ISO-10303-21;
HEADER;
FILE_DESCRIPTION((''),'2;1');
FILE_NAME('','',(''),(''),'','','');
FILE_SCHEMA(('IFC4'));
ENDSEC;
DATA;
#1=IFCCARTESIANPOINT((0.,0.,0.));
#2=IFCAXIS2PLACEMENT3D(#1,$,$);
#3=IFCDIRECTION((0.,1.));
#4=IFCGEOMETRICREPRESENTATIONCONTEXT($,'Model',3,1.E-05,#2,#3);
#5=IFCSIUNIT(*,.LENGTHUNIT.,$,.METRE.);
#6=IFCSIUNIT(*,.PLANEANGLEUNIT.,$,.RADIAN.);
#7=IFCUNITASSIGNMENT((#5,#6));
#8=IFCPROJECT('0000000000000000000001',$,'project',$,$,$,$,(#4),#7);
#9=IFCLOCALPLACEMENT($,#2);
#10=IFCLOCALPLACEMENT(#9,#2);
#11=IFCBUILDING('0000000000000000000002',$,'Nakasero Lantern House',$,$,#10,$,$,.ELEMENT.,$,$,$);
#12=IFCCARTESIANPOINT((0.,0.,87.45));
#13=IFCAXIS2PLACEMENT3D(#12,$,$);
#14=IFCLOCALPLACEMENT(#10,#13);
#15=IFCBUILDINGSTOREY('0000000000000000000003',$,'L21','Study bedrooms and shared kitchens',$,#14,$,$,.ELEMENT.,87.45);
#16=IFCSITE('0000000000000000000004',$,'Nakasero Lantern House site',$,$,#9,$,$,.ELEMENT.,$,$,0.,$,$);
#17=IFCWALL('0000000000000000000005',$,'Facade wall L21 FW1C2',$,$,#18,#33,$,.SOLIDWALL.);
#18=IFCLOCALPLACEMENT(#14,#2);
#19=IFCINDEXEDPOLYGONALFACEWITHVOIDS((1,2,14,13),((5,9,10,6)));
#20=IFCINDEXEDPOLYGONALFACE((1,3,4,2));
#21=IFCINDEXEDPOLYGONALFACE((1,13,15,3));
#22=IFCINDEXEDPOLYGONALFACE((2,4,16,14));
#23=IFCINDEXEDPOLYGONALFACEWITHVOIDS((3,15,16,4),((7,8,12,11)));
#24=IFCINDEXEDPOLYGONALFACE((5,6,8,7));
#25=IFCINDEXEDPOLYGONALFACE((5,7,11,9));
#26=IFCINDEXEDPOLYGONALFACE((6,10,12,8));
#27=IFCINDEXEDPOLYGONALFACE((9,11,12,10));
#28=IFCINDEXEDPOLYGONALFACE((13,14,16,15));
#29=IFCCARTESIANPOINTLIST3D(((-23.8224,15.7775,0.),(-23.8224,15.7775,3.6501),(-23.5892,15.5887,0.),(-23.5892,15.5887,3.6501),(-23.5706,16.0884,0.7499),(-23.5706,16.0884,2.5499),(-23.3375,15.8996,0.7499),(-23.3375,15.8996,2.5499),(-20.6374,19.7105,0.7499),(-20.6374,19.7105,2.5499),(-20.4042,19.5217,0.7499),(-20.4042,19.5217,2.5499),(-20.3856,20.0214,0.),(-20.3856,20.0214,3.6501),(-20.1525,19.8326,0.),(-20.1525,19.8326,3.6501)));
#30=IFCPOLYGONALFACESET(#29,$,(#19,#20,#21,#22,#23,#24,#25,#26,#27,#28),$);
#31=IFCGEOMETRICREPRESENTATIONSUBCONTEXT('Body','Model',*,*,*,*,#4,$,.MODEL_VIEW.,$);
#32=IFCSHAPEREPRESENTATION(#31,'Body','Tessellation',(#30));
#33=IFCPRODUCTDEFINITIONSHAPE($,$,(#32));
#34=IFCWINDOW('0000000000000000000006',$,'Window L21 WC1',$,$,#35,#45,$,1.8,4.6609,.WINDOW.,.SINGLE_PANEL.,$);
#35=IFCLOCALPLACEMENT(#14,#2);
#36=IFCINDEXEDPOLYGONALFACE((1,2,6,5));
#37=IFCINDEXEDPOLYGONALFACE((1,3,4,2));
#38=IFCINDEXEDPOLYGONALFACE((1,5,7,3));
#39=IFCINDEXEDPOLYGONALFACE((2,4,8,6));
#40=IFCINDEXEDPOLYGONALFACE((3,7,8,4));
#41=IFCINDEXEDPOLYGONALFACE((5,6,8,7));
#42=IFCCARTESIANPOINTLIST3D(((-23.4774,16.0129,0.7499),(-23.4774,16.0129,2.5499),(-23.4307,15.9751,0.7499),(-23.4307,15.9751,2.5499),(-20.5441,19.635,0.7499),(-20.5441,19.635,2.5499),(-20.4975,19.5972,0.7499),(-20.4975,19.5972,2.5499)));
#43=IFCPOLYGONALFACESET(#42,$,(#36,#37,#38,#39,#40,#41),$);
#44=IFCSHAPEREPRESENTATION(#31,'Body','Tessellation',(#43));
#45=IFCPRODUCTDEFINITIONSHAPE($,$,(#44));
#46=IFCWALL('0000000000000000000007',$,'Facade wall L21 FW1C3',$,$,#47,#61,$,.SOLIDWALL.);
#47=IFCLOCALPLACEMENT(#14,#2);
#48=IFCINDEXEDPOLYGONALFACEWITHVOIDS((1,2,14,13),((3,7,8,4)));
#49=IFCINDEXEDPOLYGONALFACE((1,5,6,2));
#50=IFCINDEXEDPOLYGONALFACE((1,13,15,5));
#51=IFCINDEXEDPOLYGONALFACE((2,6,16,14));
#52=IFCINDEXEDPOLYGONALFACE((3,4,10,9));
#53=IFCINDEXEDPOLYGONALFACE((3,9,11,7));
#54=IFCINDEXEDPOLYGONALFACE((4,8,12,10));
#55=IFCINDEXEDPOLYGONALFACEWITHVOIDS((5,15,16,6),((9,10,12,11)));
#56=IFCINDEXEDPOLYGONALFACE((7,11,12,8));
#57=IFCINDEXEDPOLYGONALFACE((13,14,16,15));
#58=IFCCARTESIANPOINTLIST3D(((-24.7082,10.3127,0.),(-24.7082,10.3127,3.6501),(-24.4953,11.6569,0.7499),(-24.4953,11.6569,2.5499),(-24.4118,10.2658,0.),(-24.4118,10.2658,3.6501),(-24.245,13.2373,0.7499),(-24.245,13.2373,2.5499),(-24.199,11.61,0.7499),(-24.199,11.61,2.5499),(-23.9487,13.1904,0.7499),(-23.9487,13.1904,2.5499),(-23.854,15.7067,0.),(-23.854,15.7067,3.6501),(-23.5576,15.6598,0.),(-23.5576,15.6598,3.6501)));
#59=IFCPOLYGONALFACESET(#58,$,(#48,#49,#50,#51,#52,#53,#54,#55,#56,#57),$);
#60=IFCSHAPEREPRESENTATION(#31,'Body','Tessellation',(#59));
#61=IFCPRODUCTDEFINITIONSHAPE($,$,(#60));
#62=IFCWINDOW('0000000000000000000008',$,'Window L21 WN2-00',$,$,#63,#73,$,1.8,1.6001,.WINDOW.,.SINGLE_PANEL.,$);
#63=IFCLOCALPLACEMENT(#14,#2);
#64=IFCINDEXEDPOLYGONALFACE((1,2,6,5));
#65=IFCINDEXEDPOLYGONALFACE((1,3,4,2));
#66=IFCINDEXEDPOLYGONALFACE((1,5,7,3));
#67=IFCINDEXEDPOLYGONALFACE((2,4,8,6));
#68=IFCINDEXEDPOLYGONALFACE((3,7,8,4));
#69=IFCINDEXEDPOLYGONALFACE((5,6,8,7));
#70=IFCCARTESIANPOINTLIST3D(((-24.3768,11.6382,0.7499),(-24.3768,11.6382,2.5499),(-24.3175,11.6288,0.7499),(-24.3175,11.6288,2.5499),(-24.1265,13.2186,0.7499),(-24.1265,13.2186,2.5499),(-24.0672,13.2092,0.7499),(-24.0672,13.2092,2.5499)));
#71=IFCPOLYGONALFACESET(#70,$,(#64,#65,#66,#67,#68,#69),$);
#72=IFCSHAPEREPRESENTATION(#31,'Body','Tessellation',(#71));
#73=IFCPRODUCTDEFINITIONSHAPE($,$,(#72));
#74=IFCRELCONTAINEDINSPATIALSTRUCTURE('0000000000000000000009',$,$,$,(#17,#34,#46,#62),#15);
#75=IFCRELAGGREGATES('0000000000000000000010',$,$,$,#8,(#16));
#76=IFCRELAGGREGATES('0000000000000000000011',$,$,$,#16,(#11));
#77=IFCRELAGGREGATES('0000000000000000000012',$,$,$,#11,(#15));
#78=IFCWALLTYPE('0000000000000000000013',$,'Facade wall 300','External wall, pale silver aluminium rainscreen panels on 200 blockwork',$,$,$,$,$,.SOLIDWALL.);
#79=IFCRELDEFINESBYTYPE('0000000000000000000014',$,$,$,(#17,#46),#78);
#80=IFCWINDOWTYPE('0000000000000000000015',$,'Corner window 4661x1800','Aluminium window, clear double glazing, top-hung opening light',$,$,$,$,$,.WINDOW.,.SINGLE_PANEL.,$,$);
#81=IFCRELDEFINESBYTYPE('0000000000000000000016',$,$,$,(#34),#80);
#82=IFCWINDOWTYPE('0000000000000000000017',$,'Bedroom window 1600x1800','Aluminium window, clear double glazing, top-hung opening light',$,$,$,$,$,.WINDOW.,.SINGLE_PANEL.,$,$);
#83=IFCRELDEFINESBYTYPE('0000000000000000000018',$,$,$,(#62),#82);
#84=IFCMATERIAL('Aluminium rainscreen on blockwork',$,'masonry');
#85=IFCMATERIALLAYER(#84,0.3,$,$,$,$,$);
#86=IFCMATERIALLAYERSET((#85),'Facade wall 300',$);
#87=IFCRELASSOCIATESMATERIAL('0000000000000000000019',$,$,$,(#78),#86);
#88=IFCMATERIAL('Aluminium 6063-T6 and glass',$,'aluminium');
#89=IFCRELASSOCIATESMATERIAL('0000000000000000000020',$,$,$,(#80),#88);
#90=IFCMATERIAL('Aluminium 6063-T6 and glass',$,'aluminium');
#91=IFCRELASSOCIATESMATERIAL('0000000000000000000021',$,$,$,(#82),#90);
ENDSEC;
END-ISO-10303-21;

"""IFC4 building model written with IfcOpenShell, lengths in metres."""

from ifc_helpers import new_model, si_unit, direction, frame, frame_2d, origin, place, context, subcontext, project, spatial, rectangle, extrude, material, layer, layer_set, type_object, element, fill, save


model = new_model("IFC4")

# Units and contexts
model_context = context("Model", 3, precision=1e-05, world=origin(), true_north=direction((0.0, 1.0)))
body_context = subcontext(model_context, "Body", "Model", "MODEL_VIEW")
ifc_project = project(units=[si_unit("LENGTHUNIT", "METRE"), si_unit("PLANEANGLEUNIT", "RADIAN")], contexts=[model_context])

# Site, building, storey
site_placement = place(None, origin())
site = spatial("IfcSite", under=ifc_project, at=site_placement, Name="Nakasero Lantern House site", CompositionType="ELEMENT", RefElevation=0.0)
building_placement = place(site_placement, origin())
building = spatial("IfcBuilding", under=site, at=building_placement, Name="Nakasero Lantern House", CompositionType="ELEMENT")
storey_placement = place(building_placement, frame((0.0, 0.0, 87.45)))
storey = spatial("IfcBuildingStorey", under=building, at=storey_placement, Name="L21", Description="Study bedrooms and shared kitchens", CompositionType="ELEMENT", Elevation=87.45)

# Walls, openings, windows
ifc_material_1 = material(Name="Aluminium rainscreen on blockwork", Category="masonry")
ifc_layer_1 = layer(ifc_material_1, 0.3)
ifc_layer_set_1 = layer_set([ifc_layer_1], Name="Facade wall 300")
wall_type_1 = type_object("IfcWallType", Name="Facade wall 300", Description="External wall, pale silver aluminium rainscreen panels on 200 blockwork", PredefinedType="SOLIDWALL", material=ifc_layer_set_1)
wall_1_placement = place(storey_placement, frame((-20.269, 19.927, 0.0), z_axis=(0.0, 0.0, 1.0), x_axis=(-0.629335, -0.777135, 0.0)))
wall_1 = element("IfcWall", 1, at=wall_1_placement, inside=storey, type_object=wall_type_1, Name="Facade wall L21 FW1C2", PredefinedType="SOLIDWALL", context=body_context, shape_type="SweptSolid", body=[
    extrude(rectangle(XDim=5.4609, YDim=0.3, at=frame_2d((2.7305, 0.0))), origin(), (0.0, 0.0, 1.0), 3.6501),
])
opening_1_placement = place(wall_1_placement, frame((0.3999, 0.0, 0.75)))
opening_1 = element("IfcOpeningElement", 2, at=opening_1_placement, cuts=wall_1, PredefinedType="OPENING", context=body_context, shape_type="SweptSolid", body=[
    extrude(rectangle(XDim=4.6609, YDim=1.8, at=frame_2d((2.3306, 0.8999))), frame((0.0, 0.1699, 0.0), z_axis=(0.0, -1.0, 0.0), x_axis=(1.0, 0.0, 0.0)), (0.0, 0.0, 1.0), 0.3401),
])
ifc_material_2 = material(Name="Aluminium 6063-T6 and glass", Category="aluminium")
window_type_1 = type_object("IfcWindowType", Name="Corner window 4661x1800", Description="Aluminium window, clear double glazing, top-hung opening light", PartitioningType="SINGLE_PANEL", PredefinedType="WINDOW", material=ifc_material_2)
window_1_placement = place(opening_1_placement, origin())
window_1 = element("IfcWindow", 3, at=window_1_placement, inside=storey, type_object=window_type_1, Name="Window L21 WC1", OverallHeight=1.8, OverallWidth=4.6609, PartitioningType="SINGLE_PANEL", PredefinedType="WINDOW", context=body_context, shape_type="SweptSolid", body=[
    extrude(rectangle(XDim=4.6609, YDim=1.8, at=frame_2d((2.3306, 0.8999))), frame((0.0, 0.03, 0.0), z_axis=(0.0, -1.0, 0.0), x_axis=(1.0, 0.0, 0.0)), (0.0, 0.0, 1.0), 0.0601),
])
fill(opening_1, window_1)
wall_2_placement = place(storey_placement, frame((-23.7058, 15.6831, 0.0), z_axis=(0.0, 0.0, 1.0), x_axis=(-0.156419, -0.987691, 0.0)))
wall_2 = element("IfcWall", 4, at=wall_2_placement, inside=storey, type_object=wall_type_1, Name="Facade wall L21 FW1C3", PredefinedType="SOLIDWALL", context=body_context, shape_type="SweptSolid", body=[
    extrude(rectangle(XDim=5.4612, YDim=0.3, at=frame_2d((2.7305, 0.0))), origin(), (0.0, 0.0, 1.0), 3.6501),
])
opening_2_placement = place(wall_2_placement, frame((2.5, 0.0, 0.75)))
opening_2 = element("IfcOpeningElement", 5, at=opening_2_placement, cuts=wall_2, PredefinedType="OPENING", context=body_context, shape_type="SweptSolid", body=[
    extrude(rectangle(XDim=1.6001, YDim=1.8, at=frame_2d((0.8, 0.8999))), frame((0.0, 0.1699, 0.0), z_axis=(0.0, -1.0, 0.0), x_axis=(1.0, 0.0, 0.0)), (0.0, 0.0, 1.0), 0.3401),
])
ifc_material_3 = material(Name="Aluminium 6063-T6 and glass", Category="aluminium")
window_type_2 = type_object("IfcWindowType", Name="Bedroom window 1600x1800", Description="Aluminium window, clear double glazing, top-hung opening light", PartitioningType="SINGLE_PANEL", PredefinedType="WINDOW", material=ifc_material_3)
window_2_placement = place(opening_2_placement, origin())
window_2 = element("IfcWindow", 6, at=window_2_placement, inside=storey, type_object=window_type_2, Name="Window L21 WN2-00", OverallHeight=1.8, OverallWidth=1.6001, PartitioningType="SINGLE_PANEL", PredefinedType="WINDOW", context=body_context, shape_type="SweptSolid", body=[
    extrude(rectangle(XDim=1.6001, YDim=1.8, at=frame_2d((0.8, 0.8999))), frame((0.0, 0.03, 0.0), z_axis=(0.0, -1.0, 0.0), x_axis=(1.0, 0.0, 0.0)), (0.0, 0.0, 1.0), 0.0601),
])
fill(opening_2, window_2)

save(model, "model.ifc")
